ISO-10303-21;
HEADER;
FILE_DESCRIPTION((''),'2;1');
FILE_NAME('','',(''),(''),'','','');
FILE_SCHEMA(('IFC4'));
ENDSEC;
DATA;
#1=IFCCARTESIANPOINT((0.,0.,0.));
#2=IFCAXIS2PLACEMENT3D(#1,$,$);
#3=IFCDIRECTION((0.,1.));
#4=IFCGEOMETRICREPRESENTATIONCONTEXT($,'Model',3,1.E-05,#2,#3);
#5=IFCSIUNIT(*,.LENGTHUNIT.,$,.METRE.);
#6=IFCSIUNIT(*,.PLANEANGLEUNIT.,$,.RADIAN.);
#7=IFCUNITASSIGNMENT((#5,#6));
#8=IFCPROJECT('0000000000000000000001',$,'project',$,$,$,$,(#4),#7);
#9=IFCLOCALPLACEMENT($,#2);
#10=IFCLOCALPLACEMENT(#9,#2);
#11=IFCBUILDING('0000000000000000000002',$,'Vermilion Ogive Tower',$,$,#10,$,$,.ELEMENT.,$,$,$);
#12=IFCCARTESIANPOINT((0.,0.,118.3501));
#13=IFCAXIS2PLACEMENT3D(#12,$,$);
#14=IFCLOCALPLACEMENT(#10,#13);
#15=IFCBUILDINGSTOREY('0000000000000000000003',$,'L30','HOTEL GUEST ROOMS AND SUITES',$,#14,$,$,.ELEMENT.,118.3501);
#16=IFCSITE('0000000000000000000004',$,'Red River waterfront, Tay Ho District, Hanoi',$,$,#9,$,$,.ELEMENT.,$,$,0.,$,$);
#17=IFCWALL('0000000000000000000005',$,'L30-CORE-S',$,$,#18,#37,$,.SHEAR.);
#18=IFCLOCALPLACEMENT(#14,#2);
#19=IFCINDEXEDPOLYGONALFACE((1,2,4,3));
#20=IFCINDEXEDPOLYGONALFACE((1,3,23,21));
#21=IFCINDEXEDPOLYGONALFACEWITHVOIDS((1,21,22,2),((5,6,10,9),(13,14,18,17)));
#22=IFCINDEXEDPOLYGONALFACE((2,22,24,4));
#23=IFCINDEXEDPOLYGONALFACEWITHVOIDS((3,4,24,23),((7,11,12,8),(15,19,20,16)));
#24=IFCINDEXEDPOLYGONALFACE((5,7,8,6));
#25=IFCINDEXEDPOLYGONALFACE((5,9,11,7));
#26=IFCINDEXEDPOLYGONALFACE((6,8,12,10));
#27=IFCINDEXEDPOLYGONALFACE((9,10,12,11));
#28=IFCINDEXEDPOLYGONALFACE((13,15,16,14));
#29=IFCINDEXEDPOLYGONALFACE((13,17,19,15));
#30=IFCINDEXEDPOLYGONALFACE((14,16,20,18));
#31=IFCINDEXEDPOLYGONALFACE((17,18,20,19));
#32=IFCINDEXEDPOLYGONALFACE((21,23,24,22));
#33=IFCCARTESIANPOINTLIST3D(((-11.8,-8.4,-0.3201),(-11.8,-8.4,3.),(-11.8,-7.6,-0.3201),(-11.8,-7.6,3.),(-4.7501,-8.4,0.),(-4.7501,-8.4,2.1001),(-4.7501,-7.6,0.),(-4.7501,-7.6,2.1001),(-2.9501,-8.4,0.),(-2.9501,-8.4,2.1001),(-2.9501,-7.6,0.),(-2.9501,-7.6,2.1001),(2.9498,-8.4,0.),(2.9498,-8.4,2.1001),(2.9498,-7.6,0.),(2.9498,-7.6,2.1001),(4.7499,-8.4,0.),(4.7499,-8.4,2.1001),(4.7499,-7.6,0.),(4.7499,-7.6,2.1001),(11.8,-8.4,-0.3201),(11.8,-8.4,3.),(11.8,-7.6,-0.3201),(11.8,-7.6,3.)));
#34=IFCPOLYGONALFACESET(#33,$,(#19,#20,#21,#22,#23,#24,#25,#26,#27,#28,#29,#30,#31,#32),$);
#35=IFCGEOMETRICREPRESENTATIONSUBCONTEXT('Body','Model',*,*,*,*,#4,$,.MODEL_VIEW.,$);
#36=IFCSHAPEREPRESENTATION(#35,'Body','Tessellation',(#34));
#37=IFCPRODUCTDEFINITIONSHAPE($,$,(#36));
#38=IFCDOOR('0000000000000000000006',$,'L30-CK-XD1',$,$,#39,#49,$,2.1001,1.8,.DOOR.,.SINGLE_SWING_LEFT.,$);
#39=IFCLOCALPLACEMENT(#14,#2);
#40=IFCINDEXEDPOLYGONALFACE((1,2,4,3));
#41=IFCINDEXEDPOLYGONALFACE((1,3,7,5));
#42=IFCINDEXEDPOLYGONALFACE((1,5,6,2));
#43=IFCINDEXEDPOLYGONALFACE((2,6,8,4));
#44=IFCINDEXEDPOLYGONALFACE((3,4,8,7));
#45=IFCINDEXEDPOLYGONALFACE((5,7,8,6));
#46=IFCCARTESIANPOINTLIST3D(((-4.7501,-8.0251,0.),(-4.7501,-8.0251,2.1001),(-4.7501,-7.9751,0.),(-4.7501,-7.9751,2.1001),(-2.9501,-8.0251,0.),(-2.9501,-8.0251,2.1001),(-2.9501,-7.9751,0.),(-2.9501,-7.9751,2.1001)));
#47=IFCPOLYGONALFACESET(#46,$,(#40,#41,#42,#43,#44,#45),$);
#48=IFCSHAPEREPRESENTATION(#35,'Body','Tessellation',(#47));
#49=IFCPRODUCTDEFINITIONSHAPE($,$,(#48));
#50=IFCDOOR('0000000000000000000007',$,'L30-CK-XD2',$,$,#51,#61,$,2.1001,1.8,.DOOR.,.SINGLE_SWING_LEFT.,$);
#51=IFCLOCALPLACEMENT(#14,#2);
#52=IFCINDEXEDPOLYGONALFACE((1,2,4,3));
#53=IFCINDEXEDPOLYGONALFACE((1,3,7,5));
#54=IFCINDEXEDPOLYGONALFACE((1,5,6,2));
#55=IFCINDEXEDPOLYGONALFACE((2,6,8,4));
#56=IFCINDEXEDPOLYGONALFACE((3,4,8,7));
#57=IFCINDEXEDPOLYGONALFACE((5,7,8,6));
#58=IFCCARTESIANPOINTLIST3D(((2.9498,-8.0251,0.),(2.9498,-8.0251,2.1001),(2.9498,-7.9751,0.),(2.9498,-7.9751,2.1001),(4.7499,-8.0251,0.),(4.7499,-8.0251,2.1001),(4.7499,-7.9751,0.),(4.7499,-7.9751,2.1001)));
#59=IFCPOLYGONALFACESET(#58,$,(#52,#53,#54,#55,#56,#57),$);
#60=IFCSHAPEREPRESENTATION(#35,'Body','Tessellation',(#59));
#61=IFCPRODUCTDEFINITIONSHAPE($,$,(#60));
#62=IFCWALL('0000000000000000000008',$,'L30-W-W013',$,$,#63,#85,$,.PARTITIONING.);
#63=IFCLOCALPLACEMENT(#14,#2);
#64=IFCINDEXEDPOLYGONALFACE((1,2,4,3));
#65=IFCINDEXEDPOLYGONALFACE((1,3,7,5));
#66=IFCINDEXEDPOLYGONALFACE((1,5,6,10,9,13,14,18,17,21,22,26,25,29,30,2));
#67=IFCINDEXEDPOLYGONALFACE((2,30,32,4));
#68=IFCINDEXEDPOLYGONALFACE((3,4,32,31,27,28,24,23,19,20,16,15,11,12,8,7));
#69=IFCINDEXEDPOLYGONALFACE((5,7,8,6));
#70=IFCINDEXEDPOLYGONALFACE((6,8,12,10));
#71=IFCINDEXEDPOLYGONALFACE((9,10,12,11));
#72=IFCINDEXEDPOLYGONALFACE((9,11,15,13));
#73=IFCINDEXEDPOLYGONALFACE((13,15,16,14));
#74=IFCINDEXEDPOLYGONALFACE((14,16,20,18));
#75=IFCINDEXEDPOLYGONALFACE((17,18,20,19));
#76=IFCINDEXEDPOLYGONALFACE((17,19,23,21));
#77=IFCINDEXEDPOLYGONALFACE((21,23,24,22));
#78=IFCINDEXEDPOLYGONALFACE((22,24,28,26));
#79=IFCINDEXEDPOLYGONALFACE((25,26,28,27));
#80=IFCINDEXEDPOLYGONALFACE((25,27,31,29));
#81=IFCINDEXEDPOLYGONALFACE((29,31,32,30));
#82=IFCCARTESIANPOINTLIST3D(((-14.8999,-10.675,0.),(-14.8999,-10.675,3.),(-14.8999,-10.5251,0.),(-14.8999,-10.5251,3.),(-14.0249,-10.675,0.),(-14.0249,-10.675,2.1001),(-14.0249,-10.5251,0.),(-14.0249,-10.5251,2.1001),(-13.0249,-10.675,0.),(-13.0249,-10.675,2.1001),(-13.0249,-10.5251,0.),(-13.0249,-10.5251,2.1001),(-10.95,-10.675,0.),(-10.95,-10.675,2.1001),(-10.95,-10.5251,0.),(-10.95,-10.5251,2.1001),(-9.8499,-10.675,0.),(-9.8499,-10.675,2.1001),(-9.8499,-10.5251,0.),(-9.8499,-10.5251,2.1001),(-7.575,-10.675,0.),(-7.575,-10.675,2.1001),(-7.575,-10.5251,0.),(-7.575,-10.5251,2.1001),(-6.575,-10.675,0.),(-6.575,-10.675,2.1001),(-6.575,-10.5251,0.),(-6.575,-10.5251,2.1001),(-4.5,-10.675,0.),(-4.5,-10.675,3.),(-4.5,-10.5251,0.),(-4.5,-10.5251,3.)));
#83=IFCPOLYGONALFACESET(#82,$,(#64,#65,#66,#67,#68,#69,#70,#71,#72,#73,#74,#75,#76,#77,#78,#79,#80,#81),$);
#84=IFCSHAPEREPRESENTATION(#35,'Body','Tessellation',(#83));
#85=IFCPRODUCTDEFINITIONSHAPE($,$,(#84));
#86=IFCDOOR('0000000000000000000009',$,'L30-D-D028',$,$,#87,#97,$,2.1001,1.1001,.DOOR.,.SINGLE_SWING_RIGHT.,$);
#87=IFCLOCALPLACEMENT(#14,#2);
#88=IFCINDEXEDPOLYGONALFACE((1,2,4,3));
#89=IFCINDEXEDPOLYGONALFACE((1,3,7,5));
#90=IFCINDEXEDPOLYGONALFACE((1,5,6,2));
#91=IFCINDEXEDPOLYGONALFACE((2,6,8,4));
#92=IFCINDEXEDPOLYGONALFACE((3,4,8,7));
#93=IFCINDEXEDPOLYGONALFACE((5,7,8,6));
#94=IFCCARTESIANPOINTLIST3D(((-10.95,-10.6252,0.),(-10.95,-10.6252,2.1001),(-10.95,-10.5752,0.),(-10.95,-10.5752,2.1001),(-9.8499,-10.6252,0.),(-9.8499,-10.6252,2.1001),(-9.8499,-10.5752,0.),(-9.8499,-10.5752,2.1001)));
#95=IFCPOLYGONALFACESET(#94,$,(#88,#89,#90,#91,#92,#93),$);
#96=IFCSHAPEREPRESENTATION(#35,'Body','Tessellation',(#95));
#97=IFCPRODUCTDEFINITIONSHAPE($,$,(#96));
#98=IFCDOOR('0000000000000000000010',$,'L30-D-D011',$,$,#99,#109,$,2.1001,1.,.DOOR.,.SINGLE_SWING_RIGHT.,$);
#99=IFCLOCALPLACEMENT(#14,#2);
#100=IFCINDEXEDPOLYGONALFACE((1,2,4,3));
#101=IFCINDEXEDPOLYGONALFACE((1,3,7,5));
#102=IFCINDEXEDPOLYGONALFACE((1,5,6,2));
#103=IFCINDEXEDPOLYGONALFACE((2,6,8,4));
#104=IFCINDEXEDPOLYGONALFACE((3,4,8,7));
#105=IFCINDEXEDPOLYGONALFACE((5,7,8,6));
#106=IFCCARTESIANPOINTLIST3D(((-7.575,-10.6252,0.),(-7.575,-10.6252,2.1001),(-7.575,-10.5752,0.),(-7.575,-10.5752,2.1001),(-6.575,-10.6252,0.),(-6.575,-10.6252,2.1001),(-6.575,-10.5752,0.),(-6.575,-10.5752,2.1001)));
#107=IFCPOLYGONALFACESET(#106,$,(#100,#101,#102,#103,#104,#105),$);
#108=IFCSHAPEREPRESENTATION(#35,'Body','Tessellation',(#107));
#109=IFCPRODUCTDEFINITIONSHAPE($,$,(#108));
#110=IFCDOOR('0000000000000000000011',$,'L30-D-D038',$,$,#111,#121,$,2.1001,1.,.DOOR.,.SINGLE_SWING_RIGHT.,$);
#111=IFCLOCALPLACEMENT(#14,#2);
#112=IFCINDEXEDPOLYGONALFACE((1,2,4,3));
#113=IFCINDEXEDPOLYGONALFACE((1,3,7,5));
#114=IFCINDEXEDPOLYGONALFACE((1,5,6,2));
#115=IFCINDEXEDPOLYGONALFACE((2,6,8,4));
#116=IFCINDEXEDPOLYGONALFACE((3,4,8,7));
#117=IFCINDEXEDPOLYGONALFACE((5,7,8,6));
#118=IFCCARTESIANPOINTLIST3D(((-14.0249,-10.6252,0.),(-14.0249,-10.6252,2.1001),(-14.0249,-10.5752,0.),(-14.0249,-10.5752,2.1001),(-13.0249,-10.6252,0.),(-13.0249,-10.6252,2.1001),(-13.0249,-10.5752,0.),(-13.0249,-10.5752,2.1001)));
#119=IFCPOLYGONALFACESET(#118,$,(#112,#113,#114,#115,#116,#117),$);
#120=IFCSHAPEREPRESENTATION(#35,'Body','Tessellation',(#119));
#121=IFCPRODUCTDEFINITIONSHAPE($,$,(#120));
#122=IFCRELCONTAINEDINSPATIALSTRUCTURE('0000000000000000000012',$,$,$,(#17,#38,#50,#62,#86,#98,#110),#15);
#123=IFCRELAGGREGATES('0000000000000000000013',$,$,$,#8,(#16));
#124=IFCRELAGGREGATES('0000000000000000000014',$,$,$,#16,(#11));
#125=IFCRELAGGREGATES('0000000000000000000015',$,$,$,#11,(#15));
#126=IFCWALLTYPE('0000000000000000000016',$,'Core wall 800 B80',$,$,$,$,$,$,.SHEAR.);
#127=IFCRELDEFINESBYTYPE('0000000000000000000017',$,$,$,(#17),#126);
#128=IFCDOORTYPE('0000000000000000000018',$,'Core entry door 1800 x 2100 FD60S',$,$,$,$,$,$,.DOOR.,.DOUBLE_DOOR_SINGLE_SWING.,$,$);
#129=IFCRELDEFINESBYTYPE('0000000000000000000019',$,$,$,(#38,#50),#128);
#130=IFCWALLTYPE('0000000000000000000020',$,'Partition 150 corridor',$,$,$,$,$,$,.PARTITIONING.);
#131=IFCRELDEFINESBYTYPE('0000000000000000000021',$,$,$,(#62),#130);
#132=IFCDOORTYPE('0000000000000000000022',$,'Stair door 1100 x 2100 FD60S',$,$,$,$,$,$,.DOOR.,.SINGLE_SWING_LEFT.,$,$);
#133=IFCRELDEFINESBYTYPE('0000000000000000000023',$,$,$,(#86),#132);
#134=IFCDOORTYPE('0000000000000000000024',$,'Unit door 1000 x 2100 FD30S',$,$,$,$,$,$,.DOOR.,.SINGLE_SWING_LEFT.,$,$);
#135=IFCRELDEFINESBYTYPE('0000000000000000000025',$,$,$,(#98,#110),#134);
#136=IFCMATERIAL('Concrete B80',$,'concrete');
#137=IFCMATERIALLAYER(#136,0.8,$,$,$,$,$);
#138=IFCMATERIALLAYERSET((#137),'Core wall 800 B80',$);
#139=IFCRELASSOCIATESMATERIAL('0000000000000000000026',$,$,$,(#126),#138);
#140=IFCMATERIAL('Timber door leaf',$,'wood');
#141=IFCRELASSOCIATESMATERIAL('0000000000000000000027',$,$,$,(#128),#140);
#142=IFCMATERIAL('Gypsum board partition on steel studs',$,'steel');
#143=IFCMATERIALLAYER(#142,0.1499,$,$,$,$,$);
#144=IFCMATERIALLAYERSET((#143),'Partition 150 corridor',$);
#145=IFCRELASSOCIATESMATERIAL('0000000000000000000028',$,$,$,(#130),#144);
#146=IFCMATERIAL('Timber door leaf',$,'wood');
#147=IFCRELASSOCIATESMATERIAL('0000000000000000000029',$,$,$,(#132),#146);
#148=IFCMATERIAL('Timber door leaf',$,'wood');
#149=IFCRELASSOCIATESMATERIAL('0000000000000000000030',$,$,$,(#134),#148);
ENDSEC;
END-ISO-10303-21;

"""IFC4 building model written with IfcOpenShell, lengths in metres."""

from ifc_helpers import new_model, si_unit, direction, frame, frame_2d, origin, place, context, subcontext, project, spatial, rectangle, extrude, material, layer, layer_set, type_object, element, fill, save


model = new_model("IFC4")

# Units and contexts
model_context = context("Model", 3, precision=1e-05, world=origin(), true_north=direction((0.0, 1.0)))
body_context = subcontext(model_context, "Body", "Model", "MODEL_VIEW")
ifc_project = project(units=[si_unit("LENGTHUNIT", "METRE"), si_unit("PLANEANGLEUNIT", "RADIAN")], contexts=[model_context])

# Site, building, storey
site_placement = place(None, origin())
site = spatial("IfcSite", under=ifc_project, at=site_placement, Name="Red River waterfront, Tay Ho District, Hanoi", CompositionType="ELEMENT", RefElevation=0.0)
building_placement = place(site_placement, origin())
building = spatial("IfcBuilding", under=site, at=building_placement, Name="Vermilion Ogive Tower", CompositionType="ELEMENT")
storey_placement = place(building_placement, frame((0.0, 0.0, 118.3501)))
storey = spatial("IfcBuildingStorey", under=building, at=storey_placement, Name="L30", Description="HOTEL GUEST ROOMS AND SUITES", CompositionType="ELEMENT", Elevation=118.3501)

# Walls, openings, doors
ifc_material_1 = material(Name="Concrete B80", Category="concrete")
ifc_layer_1 = layer(ifc_material_1, 0.8)
ifc_layer_set_1 = layer_set([ifc_layer_1], Name="Core wall 800 B80")
wall_type_1 = type_object("IfcWallType", Name="Core wall 800 B80", PredefinedType="SHEAR", material=ifc_layer_set_1)
wall_1_placement = place(storey_placement, frame((-11.8, -8.0, -0.3201), z_axis=(0.0, 0.0, 1.0), x_axis=(1.0, 0.0, 0.0)))
wall_1 = element("IfcWall", 1, at=wall_1_placement, inside=storey, type_object=wall_type_1, Name="L30-CORE-S", PredefinedType="SHEAR", context=body_context, shape_type="SweptSolid", body=[
    extrude(rectangle(XDim=23.6001, YDim=0.8, at=frame_2d((11.8, 0.0))), origin(), (0.0, 0.0, 1.0), 3.3201),
])
opening_1_placement = place(wall_1_placement, frame((7.05, 0.0, 0.3201)))
opening_1 = element("IfcOpeningElement", 2, at=opening_1_placement, cuts=wall_1, PredefinedType="OPENING", context=body_context, shape_type="SweptSolid", body=[
    extrude(rectangle(XDim=1.8, YDim=2.1001, at=frame_2d((0.8999, 1.05))), frame((0.0, 0.4099, 0.0), z_axis=(0.0, -1.0, 0.0), x_axis=(1.0, 0.0, 0.0)), (0.0, 0.0, 1.0), 0.8201),
])
opening_2_placement = place(wall_1_placement, frame((14.75, 0.0, 0.3201)))
opening_2 = element("IfcOpeningElement", 3, at=opening_2_placement, cuts=wall_1, PredefinedType="OPENING", context=body_context, shape_type="SweptSolid", body=[
    extrude(rectangle(XDim=1.8, YDim=2.1001, at=frame_2d((0.8999, 1.05))), frame((0.0, 0.4099, 0.0), z_axis=(0.0, -1.0, 0.0), x_axis=(1.0, 0.0, 0.0)), (0.0, 0.0, 1.0), 0.8201),
])
ifc_material_2 = material(Name="Timber door leaf", Category="wood")
door_type_1 = type_object("IfcDoorType", Name="Core entry door 1800 x 2100 FD60S", OperationType="DOUBLE_DOOR_SINGLE_SWING", PredefinedType="DOOR", material=ifc_material_2)
door_1_placement = place(opening_1_placement, origin())
door_1 = element("IfcDoor", 4, at=door_1_placement, inside=storey, type_object=door_type_1, Name="L30-CK-XD1", OperationType="SINGLE_SWING_LEFT", OverallHeight=2.1001, OverallWidth=1.8, PredefinedType="DOOR", context=body_context, shape_type="SweptSolid", body=[
    extrude(rectangle(XDim=1.8, YDim=2.1001, at=frame_2d((0.8999, 1.05))), frame((0.0, 0.0249, 0.0), z_axis=(0.0, -1.0, 0.0), x_axis=(1.0, 0.0, 0.0)), (0.0, 0.0, 1.0), 0.05),
])
fill(opening_1, door_1)
door_2_placement = place(opening_2_placement, origin())
door_2 = element("IfcDoor", 5, at=door_2_placement, inside=storey, type_object=door_type_1, Name="L30-CK-XD2", OperationType="SINGLE_SWING_LEFT", OverallHeight=2.1001, OverallWidth=1.8, PredefinedType="DOOR", context=body_context, shape_type="SweptSolid", body=[
    extrude(rectangle(XDim=1.8, YDim=2.1001, at=frame_2d((0.8999, 1.05))), frame((0.0, 0.0249, 0.0), z_axis=(0.0, -1.0, 0.0), x_axis=(1.0, 0.0, 0.0)), (0.0, 0.0, 1.0), 0.05),
])
fill(opening_2, door_2)
ifc_material_3 = material(Name="Gypsum board partition on steel studs", Category="steel")
ifc_layer_2 = layer(ifc_material_3, 0.1499)
ifc_layer_set_2 = layer_set([ifc_layer_2], Name="Partition 150 corridor")
wall_type_2 = type_object("IfcWallType", Name="Partition 150 corridor", PredefinedType="PARTITIONING", material=ifc_layer_set_2)
wall_2_placement = place(storey_placement, frame((-14.8999, -10.6001, 0.0), z_axis=(0.0, 0.0, 1.0), x_axis=(1.0, 0.0, 0.0)))
wall_2 = element("IfcWall", 6, at=wall_2_placement, inside=storey, type_object=wall_type_2, Name="L30-W-W013", PredefinedType="PARTITIONING", context=body_context, shape_type="SweptSolid", body=[
    extrude(rectangle(XDim=10.3999, YDim=0.1499, at=frame_2d((5.2, 0.0))), origin(), (0.0, 0.0, 1.0), 3.0),
])
opening_3_placement = place(wall_2_placement, frame((7.325, 0.0, 0.0)))
opening_3 = element("IfcOpeningElement", 7, at=opening_3_placement, cuts=wall_2, PredefinedType="OPENING", context=body_context, shape_type="SweptSolid", body=[
    extrude(rectangle(XDim=1.0, YDim=2.1001, at=frame_2d((0.5, 1.05))), frame((0.0, 0.085, 0.0), z_axis=(0.0, -1.0, 0.0), x_axis=(1.0, 0.0, 0.0)), (0.0, 0.0, 1.0), 0.1699),
])
opening_4_placement = place(wall_2_placement, frame((3.95, 0.0, 0.0)))
opening_4 = element("IfcOpeningElement", 8, at=opening_4_placement, cuts=wall_2, PredefinedType="OPENING", context=body_context, shape_type="SweptSolid", body=[
    extrude(rectangle(XDim=1.1001, YDim=2.1001, at=frame_2d((0.55, 1.05))), frame((0.0, 0.085, 0.0), z_axis=(0.0, -1.0, 0.0), x_axis=(1.0, 0.0, 0.0)), (0.0, 0.0, 1.0), 0.1699),
])
opening_5_placement = place(wall_2_placement, frame((0.875, 0.0, 0.0)))
opening_5 = element("IfcOpeningElement", 9, at=opening_5_placement, cuts=wall_2, PredefinedType="OPENING", context=body_context, shape_type="SweptSolid", body=[
    extrude(rectangle(XDim=1.0, YDim=2.1001, at=frame_2d((0.5, 1.05))), frame((0.0, 0.085, 0.0), z_axis=(0.0, -1.0, 0.0), x_axis=(1.0, 0.0, 0.0)), (0.0, 0.0, 1.0), 0.1699),
])
ifc_material_4 = material(Name="Timber door leaf", Category="wood")
door_type_2 = type_object("IfcDoorType", Name="Stair door 1100 x 2100 FD60S", OperationType="SINGLE_SWING_LEFT", PredefinedType="DOOR", material=ifc_material_4)
door_3_placement = place(opening_4_placement, origin())
door_3 = element("IfcDoor", 10, at=door_3_placement, inside=storey, type_object=door_type_2, Name="L30-D-D028", OperationType="SINGLE_SWING_RIGHT", OverallHeight=2.1001, OverallWidth=1.1001, PredefinedType="DOOR", context=body_context, shape_type="SweptSolid", body=[
    extrude(rectangle(XDim=1.1001, YDim=2.1001, at=frame_2d((0.55, 1.05))), frame((0.0, 0.0249, 0.0), z_axis=(0.0, -1.0, 0.0), x_axis=(1.0, 0.0, 0.0)), (0.0, 0.0, 1.0), 0.05),
])
fill(opening_4, door_3)
ifc_material_5 = material(Name="Timber door leaf", Category="wood")
door_type_3 = type_object("IfcDoorType", Name="Unit door 1000 x 2100 FD30S", OperationType="SINGLE_SWING_LEFT", PredefinedType="DOOR", material=ifc_material_5)
door_4_placement = place(opening_3_placement, origin())
door_4 = element("IfcDoor", 11, at=door_4_placement, inside=storey, type_object=door_type_3, Name="L30-D-D011", OperationType="SINGLE_SWING_RIGHT", OverallHeight=2.1001, OverallWidth=1.0, PredefinedType="DOOR", context=body_context, shape_type="SweptSolid", body=[
    extrude(rectangle(XDim=1.0, YDim=2.1001, at=frame_2d((0.5, 1.05))), frame((0.0, 0.0249, 0.0), z_axis=(0.0, -1.0, 0.0), x_axis=(1.0, 0.0, 0.0)), (0.0, 0.0, 1.0), 0.05),
])
fill(opening_3, door_4)
door_5_placement = place(opening_5_placement, origin())
door_5 = element("IfcDoor", 12, at=door_5_placement, inside=storey, type_object=door_type_3, Name="L30-D-D038", OperationType="SINGLE_SWING_RIGHT", OverallHeight=2.1001, OverallWidth=1.0, PredefinedType="DOOR", context=body_context, shape_type="SweptSolid", body=[
    extrude(rectangle(XDim=1.0, YDim=2.1001, at=frame_2d((0.5, 1.05))), frame((0.0, 0.0249, 0.0), z_axis=(0.0, -1.0, 0.0), x_axis=(1.0, 0.0, 0.0)), (0.0, 0.0, 1.0), 0.05),
])
fill(opening_5, door_5)

save(model, "model.ifc")
